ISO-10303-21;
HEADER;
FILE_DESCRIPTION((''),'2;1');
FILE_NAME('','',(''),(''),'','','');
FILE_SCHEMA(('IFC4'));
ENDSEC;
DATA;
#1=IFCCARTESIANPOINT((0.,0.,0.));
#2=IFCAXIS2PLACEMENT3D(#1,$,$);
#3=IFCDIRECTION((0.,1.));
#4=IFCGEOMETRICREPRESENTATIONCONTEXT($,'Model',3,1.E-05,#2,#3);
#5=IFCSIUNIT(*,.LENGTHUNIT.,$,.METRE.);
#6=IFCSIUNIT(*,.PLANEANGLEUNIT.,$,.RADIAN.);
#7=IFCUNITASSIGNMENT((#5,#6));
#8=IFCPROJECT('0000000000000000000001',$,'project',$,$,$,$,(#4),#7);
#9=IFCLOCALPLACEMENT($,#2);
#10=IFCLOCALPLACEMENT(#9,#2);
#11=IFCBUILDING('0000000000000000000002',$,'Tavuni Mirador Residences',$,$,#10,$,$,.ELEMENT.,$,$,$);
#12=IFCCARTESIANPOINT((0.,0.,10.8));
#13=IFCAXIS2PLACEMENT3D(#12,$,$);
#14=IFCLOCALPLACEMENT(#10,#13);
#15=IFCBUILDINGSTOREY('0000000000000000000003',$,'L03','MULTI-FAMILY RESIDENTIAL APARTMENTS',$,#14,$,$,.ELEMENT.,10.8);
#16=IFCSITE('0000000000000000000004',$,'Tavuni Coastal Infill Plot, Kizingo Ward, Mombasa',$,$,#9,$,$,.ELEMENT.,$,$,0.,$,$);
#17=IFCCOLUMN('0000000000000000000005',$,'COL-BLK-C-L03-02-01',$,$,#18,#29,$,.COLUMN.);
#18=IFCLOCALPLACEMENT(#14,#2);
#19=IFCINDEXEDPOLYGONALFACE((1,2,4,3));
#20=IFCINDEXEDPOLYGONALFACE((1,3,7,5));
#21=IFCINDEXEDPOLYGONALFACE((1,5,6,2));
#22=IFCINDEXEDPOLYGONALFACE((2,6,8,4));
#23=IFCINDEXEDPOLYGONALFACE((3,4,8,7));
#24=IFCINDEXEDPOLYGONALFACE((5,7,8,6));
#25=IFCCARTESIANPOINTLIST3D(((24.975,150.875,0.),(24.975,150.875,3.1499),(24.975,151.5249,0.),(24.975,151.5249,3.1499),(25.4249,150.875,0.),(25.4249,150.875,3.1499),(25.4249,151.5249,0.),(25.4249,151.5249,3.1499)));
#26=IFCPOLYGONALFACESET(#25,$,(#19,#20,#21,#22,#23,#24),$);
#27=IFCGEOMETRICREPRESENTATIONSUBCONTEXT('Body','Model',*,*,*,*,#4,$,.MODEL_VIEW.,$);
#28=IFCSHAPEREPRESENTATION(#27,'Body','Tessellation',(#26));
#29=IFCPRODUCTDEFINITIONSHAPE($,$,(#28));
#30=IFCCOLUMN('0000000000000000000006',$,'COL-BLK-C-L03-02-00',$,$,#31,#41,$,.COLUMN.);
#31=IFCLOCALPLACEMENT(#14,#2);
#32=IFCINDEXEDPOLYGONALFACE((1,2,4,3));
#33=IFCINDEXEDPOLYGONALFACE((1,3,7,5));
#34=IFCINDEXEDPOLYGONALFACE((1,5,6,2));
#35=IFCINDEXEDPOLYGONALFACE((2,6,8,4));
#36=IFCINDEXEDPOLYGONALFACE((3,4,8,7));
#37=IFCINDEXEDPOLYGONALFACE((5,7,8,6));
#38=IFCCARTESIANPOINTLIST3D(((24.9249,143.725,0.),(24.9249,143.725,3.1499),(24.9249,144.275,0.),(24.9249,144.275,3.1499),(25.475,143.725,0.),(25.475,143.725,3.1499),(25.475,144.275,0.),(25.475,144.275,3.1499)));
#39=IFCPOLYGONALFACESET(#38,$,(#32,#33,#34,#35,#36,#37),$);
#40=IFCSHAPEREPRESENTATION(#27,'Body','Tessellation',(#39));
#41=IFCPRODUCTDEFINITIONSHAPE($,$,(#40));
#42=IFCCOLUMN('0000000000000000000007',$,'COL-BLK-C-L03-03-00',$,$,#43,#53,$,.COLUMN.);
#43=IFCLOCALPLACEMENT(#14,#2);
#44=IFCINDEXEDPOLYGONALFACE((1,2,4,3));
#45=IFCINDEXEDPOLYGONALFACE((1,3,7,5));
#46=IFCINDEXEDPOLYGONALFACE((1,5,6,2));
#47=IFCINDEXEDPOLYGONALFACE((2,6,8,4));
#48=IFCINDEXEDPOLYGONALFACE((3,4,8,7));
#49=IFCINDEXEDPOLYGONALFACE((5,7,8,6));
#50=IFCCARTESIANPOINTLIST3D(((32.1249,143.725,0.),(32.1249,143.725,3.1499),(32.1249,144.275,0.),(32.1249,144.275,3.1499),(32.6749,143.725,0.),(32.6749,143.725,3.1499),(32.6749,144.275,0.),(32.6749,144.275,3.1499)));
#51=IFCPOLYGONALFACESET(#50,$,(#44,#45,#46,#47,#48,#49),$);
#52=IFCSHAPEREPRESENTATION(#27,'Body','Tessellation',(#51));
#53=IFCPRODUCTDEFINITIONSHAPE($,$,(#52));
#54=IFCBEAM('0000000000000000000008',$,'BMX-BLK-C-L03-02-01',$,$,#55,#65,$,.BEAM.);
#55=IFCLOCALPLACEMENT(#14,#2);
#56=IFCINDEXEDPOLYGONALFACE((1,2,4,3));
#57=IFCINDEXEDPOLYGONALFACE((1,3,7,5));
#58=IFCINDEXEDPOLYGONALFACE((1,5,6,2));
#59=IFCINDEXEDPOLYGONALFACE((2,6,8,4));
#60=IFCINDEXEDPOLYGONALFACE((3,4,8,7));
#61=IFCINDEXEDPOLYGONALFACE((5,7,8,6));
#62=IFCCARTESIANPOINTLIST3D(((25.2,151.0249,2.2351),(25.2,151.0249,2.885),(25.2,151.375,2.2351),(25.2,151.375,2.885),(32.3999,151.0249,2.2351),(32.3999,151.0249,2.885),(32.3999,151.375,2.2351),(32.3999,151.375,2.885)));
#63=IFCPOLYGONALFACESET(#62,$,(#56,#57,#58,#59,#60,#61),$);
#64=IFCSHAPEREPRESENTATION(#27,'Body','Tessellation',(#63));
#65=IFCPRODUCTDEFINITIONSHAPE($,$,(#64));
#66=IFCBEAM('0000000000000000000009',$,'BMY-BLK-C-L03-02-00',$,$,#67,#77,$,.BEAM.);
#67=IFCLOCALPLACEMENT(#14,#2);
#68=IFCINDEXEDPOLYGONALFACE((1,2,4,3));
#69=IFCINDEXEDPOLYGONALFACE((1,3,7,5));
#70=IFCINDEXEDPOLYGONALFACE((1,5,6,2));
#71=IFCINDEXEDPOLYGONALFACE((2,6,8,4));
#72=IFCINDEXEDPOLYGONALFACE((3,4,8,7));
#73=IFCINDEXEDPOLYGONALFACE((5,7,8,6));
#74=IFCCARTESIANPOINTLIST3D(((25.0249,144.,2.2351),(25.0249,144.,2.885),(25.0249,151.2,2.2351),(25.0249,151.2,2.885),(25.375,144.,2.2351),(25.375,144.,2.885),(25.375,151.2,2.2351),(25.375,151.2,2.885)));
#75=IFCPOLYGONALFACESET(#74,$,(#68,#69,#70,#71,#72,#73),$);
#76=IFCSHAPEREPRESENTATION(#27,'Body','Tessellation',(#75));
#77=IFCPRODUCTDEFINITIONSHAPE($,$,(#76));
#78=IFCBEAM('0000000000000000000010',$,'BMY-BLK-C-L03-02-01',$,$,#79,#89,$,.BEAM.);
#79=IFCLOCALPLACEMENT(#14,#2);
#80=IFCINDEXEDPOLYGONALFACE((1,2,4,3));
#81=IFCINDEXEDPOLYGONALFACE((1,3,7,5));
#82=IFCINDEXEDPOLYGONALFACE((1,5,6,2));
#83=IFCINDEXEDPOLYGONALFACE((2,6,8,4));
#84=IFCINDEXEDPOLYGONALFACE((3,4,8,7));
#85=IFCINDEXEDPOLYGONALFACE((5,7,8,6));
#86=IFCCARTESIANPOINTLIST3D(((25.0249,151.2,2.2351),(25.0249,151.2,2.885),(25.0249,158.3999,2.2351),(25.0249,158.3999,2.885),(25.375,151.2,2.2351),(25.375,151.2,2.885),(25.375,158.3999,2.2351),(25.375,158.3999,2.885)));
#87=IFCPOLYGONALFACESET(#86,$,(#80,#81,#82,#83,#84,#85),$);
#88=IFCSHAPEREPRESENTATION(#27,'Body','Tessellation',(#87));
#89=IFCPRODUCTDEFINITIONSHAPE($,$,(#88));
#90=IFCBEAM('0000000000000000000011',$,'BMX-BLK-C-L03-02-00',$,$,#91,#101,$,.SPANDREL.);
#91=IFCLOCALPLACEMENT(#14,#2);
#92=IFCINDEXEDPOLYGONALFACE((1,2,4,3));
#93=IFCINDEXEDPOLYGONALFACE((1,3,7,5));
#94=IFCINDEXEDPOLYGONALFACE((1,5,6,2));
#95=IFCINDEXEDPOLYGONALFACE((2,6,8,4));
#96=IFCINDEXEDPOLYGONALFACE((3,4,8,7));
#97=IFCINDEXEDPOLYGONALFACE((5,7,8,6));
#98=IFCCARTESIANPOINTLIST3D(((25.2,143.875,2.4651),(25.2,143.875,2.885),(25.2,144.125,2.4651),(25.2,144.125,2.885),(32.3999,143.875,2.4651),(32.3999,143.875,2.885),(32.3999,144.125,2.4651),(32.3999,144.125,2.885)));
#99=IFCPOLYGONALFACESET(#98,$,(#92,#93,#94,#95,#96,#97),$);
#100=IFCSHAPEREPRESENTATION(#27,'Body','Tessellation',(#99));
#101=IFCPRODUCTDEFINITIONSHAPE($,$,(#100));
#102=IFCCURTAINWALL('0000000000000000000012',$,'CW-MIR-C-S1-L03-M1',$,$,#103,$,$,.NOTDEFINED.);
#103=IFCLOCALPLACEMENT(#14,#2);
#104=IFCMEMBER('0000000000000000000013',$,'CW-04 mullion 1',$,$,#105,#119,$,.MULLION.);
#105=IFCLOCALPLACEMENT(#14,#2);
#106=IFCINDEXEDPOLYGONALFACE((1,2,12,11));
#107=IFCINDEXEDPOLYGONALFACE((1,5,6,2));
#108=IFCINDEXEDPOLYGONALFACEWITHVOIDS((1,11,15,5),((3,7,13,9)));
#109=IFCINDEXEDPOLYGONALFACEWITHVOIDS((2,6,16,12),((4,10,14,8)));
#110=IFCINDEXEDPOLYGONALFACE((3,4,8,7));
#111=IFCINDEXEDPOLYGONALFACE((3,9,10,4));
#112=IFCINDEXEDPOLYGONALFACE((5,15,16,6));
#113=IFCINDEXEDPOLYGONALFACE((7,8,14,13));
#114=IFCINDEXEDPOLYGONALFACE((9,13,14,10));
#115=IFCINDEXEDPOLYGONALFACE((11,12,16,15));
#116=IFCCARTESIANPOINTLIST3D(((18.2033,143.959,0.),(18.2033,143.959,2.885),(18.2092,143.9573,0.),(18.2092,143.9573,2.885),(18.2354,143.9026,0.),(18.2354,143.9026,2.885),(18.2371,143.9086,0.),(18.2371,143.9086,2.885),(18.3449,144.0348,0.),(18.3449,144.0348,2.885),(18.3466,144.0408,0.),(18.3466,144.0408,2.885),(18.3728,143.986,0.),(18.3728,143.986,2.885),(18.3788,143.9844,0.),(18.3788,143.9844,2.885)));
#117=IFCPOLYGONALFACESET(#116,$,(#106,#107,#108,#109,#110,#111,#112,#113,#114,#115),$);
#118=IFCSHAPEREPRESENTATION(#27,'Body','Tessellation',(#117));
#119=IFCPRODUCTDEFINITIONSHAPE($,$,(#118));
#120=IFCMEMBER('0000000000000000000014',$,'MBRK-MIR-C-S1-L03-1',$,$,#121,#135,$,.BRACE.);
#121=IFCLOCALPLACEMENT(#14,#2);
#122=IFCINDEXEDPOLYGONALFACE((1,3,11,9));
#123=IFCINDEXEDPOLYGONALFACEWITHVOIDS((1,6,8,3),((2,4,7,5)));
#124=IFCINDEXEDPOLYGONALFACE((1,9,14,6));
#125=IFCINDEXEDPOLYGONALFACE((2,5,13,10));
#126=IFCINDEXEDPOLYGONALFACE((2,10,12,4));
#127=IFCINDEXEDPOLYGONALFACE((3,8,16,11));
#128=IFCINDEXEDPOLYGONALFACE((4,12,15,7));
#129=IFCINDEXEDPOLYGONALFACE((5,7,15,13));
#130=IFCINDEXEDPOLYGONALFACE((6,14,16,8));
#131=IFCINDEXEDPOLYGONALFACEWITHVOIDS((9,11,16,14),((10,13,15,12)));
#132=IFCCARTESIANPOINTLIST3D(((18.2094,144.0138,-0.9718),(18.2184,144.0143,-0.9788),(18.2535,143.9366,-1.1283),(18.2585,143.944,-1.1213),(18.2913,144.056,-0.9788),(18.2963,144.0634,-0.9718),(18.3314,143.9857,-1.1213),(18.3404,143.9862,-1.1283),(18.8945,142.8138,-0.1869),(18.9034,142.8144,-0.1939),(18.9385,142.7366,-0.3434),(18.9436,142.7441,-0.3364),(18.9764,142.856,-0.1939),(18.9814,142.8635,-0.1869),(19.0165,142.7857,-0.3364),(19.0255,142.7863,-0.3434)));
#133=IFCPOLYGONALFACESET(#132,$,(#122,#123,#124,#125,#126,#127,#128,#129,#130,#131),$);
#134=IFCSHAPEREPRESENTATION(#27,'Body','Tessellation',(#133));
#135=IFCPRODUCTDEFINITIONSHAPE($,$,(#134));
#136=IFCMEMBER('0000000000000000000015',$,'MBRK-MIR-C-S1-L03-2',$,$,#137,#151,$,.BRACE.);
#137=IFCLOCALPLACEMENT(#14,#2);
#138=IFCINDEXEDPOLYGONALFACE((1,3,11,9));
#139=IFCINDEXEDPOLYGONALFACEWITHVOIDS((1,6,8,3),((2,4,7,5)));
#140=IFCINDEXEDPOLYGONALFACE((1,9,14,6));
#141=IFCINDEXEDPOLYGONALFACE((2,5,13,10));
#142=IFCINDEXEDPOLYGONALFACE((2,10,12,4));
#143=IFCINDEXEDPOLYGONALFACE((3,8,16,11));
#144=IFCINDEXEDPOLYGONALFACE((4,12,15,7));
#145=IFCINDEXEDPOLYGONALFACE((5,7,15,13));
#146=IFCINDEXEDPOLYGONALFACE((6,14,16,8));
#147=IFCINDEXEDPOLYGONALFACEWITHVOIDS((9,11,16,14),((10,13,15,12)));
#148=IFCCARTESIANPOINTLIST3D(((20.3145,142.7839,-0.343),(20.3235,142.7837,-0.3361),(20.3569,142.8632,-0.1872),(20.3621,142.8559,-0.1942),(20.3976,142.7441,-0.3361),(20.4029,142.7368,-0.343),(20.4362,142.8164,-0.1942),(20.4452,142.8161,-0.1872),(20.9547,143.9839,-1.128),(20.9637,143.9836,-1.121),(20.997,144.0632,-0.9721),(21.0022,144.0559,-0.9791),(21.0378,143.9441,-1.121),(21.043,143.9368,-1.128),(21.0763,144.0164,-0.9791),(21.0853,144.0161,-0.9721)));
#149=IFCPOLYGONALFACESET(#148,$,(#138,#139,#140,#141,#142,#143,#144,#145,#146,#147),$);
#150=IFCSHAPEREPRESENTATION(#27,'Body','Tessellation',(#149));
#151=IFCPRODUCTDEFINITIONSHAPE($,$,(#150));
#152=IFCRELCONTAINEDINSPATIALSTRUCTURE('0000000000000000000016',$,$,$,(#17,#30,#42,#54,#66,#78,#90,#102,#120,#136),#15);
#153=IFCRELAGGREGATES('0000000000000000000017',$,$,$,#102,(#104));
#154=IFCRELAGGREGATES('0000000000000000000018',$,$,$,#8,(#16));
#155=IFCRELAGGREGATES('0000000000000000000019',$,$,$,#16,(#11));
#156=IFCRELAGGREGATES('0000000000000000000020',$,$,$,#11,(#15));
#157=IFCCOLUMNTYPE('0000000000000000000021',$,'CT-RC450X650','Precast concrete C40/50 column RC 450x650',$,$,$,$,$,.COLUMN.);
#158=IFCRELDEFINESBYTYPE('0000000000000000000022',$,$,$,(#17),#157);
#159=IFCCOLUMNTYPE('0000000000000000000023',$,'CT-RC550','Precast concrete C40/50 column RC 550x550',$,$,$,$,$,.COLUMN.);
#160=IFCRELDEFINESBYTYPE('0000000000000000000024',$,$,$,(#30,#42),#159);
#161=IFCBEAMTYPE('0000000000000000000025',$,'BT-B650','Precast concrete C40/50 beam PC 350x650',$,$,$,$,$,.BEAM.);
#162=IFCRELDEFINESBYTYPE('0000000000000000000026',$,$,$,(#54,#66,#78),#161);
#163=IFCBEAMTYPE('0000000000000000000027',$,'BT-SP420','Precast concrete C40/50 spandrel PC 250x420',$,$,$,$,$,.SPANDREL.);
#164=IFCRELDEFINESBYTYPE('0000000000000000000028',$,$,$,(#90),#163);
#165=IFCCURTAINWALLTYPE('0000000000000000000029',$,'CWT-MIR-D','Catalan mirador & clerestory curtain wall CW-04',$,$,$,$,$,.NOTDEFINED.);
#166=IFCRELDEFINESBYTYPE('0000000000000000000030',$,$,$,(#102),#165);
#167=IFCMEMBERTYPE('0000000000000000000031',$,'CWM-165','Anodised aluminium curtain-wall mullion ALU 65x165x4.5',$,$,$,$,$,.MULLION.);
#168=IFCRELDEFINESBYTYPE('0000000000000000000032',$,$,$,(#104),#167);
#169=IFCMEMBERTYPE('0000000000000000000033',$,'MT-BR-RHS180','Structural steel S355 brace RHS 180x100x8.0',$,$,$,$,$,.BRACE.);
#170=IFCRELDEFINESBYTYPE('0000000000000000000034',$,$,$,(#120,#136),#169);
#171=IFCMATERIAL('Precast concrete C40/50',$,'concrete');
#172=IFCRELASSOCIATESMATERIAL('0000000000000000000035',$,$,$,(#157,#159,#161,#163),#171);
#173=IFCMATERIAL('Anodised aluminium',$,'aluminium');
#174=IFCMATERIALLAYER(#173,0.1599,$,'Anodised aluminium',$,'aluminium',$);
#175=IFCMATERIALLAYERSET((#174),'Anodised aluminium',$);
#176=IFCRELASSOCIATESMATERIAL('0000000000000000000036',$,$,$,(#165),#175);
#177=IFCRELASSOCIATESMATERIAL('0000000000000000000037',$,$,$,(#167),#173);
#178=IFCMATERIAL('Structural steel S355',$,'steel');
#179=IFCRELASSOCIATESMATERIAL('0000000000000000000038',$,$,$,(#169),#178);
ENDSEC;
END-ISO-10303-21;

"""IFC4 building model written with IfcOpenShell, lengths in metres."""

from ifc_helpers import new_model, si_unit, direction, frame, origin, origin_2d, place, context, subcontext, project, spatial, rectangle, hollow_rectangle, extrude, material, layer, layer_set, material_profile, profile_set, type_object, element, aggregate, save


model = new_model("IFC4")

# Units and contexts
model_context = context("Model", 3, precision=1e-05, world=origin(), true_north=direction((0.0, 1.0)))
body_context = subcontext(model_context, "Body", "Model", "MODEL_VIEW")
ifc_project = project(units=[si_unit("LENGTHUNIT", "METRE"), si_unit("PLANEANGLEUNIT", "RADIAN")], contexts=[model_context])

# Site, building, storey
site_placement = place(None, origin())
site = spatial("IfcSite", under=ifc_project, at=site_placement, Name="Tavuni Coastal Infill Plot, Kizingo Ward, Mombasa", CompositionType="ELEMENT", RefElevation=0.0)
building_placement = place(site_placement, origin())
building = spatial("IfcBuilding", under=site, at=building_placement, Name="Tavuni Mirador Residences", CompositionType="ELEMENT")
storey_placement = place(building_placement, frame((0.0, 0.0, 10.8)))
storey = spatial("IfcBuildingStorey", under=building, at=storey_placement, Name="L03", Description="MULTI-FAMILY RESIDENTIAL APARTMENTS", CompositionType="ELEMENT", Elevation=10.8)

# Columns
ifc_material_1 = material(Name="Precast concrete C40/50", Category="concrete")
ifc_material_profile_1 = material_profile(ifc_material_1, rectangle(XDim=0.45, YDim=0.6499, at=origin_2d()), Name="RC 450x650", Category="concrete")
ifc_profile_set_1 = profile_set([ifc_material_profile_1], Name="Precast concrete C40/50")
column_type_1 = type_object("IfcColumnType", Name="CT-RC450X650", Description="Precast concrete C40/50 column RC 450x650", PredefinedType="COLUMN", material=ifc_profile_set_1)
column_placement = place(storey_placement, frame((25.2, 151.2, 0.0), z_axis=(0.0, 0.0, 1.0), x_axis=(1.0, 0.0, 0.0)))
element("IfcColumn", 1, at=column_placement, inside=storey, type_object=column_type_1, Name="COL-BLK-C-L03-02-01", PredefinedType="COLUMN", context=body_context, shape_type="SweptSolid", body=[
    extrude(rectangle(XDim=0.45, YDim=0.6499, at=origin_2d()), origin(), (0.0, 0.0, 1.0), 3.1499),
])
ifc_material_profile_2 = material_profile(ifc_material_1, rectangle(XDim=0.55, YDim=0.55, at=origin_2d()), Name="RC 550x550", Category="concrete")
ifc_profile_set_2 = profile_set([ifc_material_profile_2], Name="Precast concrete C40/50")
column_type_2 = type_object("IfcColumnType", Name="CT-RC550", Description="Precast concrete C40/50 column RC 550x550", PredefinedType="COLUMN", material=ifc_profile_set_2)
for number, where, z_axis, x_axis, name in (
    (2, (25.2, 144.0, 0.0), (0.0, 0.0, 1.0), (1.0, 0.0, 0.0), "COL-BLK-C-L03-02-00"),
    (3, (32.3999, 144.0, 0.0), (0.0, 0.0, 1.0), (1.0, 0.0, 0.0), "COL-BLK-C-L03-03-00"),
):
    element("IfcColumn", number, at=place(storey_placement, frame(where, z_axis=z_axis, x_axis=x_axis)), inside=storey, type_object=column_type_2, Name=name, PredefinedType="COLUMN", context=body_context, shape_type="SweptSolid", body=[
        extrude(rectangle(XDim=0.55, YDim=0.55, at=origin_2d()), origin(), (0.0, 0.0, 1.0), 3.1499),
    ])

# Beams
ifc_material_profile_3 = material_profile(ifc_material_1, rectangle(XDim=0.3501, YDim=0.6499, at=origin_2d()), Name="PC 350x650", Category="concrete")
ifc_profile_set_3 = profile_set([ifc_material_profile_3], Name="Precast concrete C40/50")
beam_type_1 = type_object("IfcBeamType", Name="BT-B650", Description="Precast concrete C40/50 beam PC 350x650", PredefinedType="BEAM", material=ifc_profile_set_3)
for number, where, z_axis, x_axis, name in (
    (4, (25.2, 151.2, 2.5601), (1.0, 0.0, 0.0), (0.0, 1.0, 0.0), "BMX-BLK-C-L03-02-01"),
    (5, (25.2, 144.0, 2.5601), (0.0, 1.0, 0.0), (-1.0, 0.0, 0.0), "BMY-BLK-C-L03-02-00"),
    (6, (25.2, 151.2, 2.5601), (0.0, 1.0, 0.0), (-1.0, 0.0, 0.0), "BMY-BLK-C-L03-02-01"),
):
    element("IfcBeam", number, at=place(storey_placement, frame(where, z_axis=z_axis, x_axis=x_axis)), inside=storey, type_object=beam_type_1, Name=name, PredefinedType="BEAM", context=body_context, shape_type="SweptSolid", body=[
        extrude(rectangle(XDim=0.3501, YDim=0.6499, at=origin_2d()), origin(), (0.0, 0.0, 1.0), 7.2),
    ])
ifc_material_profile_4 = material_profile(ifc_material_1, rectangle(XDim=0.25, YDim=0.4199, at=origin_2d()), Name="PC 250x420", Category="concrete")
ifc_profile_set_4 = profile_set([ifc_material_profile_4], Name="Precast concrete C40/50")
beam_type_2 = type_object("IfcBeamType", Name="BT-SP420", Description="Precast concrete C40/50 spandrel PC 250x420", PredefinedType="SPANDREL", material=ifc_profile_set_4)
beam_placement = place(storey_placement, frame((25.2, 144.0, 2.675), z_axis=(1.0, 0.0, 0.0), x_axis=(0.0, 1.0, 0.0)))
element("IfcBeam", 7, at=beam_placement, inside=storey, type_object=beam_type_2, Name="BMX-BLK-C-L03-02-00", PredefinedType="SPANDREL", context=body_context, shape_type="SweptSolid", body=[
    extrude(rectangle(XDim=0.25, YDim=0.4199, at=origin_2d()), origin(), (0.0, 0.0, 1.0), 7.2),
])

# Curtain wall, member
ifc_material_2 = material(Name="Anodised aluminium", Category="aluminium")
ifc_layer_1 = layer(ifc_material_2, 0.1599, Name="Anodised aluminium", Category="aluminium")
ifc_layer_set_1 = layer_set([ifc_layer_1], Name="Anodised aluminium")
curtain_wall_type = type_object("IfcCurtainWallType", Name="CWT-MIR-D", Description="Catalan mirador & clerestory curtain wall CW-04", PredefinedType="NOTDEFINED", material=ifc_layer_set_1)
curtain_wall_placement = place(storey_placement, origin())
curtain_wall = element("IfcCurtainWall", 8, at=curtain_wall_placement, inside=storey, type_object=curtain_wall_type, Name="CW-MIR-C-S1-L03-M1", PredefinedType="NOTDEFINED")
ifc_material_profile_5 = material_profile(ifc_material_2, hollow_rectangle(XDim=0.0649, YDim=0.165, WallThickness=0.0044, at=origin_2d()), Name="ALU 65x165x4.5", Category="aluminium")
ifc_profile_set_5 = profile_set([ifc_material_profile_5], Name="Anodised aluminium")
member_type_1 = type_object("IfcMemberType", Name="CWM-165", Description="Anodised aluminium curtain-wall mullion ALU 65x165x4.5", PredefinedType="MULLION", material=ifc_profile_set_5)
member_1_placement = place(storey_placement, frame((18.291, 143.9717, 0.0), z_axis=(0.0, 0.0, 1.0), x_axis=(0.495749, -0.868466, 0.0)))
member_1 = element("IfcMember", 9, at=member_1_placement, type_object=member_type_1, Name="CW-04 mullion 1", PredefinedType="MULLION", context=body_context, shape_type="SweptSolid", body=[
    extrude(hollow_rectangle(XDim=0.0649, YDim=0.165, WallThickness=0.0044, at=origin_2d()), origin(), (0.0, 0.0, 1.0), 2.885),
])
aggregate(curtain_wall, [member_1])

# Members
ifc_material_3 = material(Name="Structural steel S355", Category="steel")
ifc_material_profile_6 = material_profile(ifc_material_3, hollow_rectangle(XDim=0.1001, YDim=0.1799, WallThickness=0.0081, at=origin_2d()), Name="RHS 180x100x8.0", Category="steel")
ifc_profile_set_6 = profile_set([ifc_material_profile_6], Name="Structural steel S355")
member_type_2 = type_object("IfcMemberType", Name="MT-BR-RHS180", Description="Structural steel S355 brace RHS 180x100x8.0", PredefinedType="BRACE", material=ifc_profile_set_6)
member_2_placement = place(storey_placement, frame((18.2749, 144.0, -1.05), z_axis=(0.431095, -0.755108, 0.493931), x_axis=(0.868439, 0.495796, 0.0)))
element("IfcMember", 10, at=member_2_placement, inside=storey, type_object=member_type_2, Name="MBRK-MIR-C-S1-L03-1", PredefinedType="BRACE", context=body_context, shape_type="SweptSolid", body=[
    extrude(hollow_rectangle(XDim=0.1001, YDim=0.1799, WallThickness=0.0081, at=origin_2d()), origin(), (0.0, 0.0, 1.0), 1.5891),
])
member_3_placement = place(storey_placement, frame((21.02, 144.0, -1.05), z_axis=(-0.407661, -0.764169, 0.499858), x_axis=(0.882303, -0.470681, 0.0)))
element("IfcMember", 11, at=member_3_placement, inside=storey, type_object=member_type_2, Name="MBRK-MIR-C-S1-L03-2", PredefinedType="BRACE", context=body_context, shape_type="SweptSolid", body=[
    extrude(hollow_rectangle(XDim=0.1001, YDim=0.1799, WallThickness=0.0081, at=origin_2d()), origin(), (0.0, 0.0, 1.0), 1.5703),
])

save(model, "model.ifc")
